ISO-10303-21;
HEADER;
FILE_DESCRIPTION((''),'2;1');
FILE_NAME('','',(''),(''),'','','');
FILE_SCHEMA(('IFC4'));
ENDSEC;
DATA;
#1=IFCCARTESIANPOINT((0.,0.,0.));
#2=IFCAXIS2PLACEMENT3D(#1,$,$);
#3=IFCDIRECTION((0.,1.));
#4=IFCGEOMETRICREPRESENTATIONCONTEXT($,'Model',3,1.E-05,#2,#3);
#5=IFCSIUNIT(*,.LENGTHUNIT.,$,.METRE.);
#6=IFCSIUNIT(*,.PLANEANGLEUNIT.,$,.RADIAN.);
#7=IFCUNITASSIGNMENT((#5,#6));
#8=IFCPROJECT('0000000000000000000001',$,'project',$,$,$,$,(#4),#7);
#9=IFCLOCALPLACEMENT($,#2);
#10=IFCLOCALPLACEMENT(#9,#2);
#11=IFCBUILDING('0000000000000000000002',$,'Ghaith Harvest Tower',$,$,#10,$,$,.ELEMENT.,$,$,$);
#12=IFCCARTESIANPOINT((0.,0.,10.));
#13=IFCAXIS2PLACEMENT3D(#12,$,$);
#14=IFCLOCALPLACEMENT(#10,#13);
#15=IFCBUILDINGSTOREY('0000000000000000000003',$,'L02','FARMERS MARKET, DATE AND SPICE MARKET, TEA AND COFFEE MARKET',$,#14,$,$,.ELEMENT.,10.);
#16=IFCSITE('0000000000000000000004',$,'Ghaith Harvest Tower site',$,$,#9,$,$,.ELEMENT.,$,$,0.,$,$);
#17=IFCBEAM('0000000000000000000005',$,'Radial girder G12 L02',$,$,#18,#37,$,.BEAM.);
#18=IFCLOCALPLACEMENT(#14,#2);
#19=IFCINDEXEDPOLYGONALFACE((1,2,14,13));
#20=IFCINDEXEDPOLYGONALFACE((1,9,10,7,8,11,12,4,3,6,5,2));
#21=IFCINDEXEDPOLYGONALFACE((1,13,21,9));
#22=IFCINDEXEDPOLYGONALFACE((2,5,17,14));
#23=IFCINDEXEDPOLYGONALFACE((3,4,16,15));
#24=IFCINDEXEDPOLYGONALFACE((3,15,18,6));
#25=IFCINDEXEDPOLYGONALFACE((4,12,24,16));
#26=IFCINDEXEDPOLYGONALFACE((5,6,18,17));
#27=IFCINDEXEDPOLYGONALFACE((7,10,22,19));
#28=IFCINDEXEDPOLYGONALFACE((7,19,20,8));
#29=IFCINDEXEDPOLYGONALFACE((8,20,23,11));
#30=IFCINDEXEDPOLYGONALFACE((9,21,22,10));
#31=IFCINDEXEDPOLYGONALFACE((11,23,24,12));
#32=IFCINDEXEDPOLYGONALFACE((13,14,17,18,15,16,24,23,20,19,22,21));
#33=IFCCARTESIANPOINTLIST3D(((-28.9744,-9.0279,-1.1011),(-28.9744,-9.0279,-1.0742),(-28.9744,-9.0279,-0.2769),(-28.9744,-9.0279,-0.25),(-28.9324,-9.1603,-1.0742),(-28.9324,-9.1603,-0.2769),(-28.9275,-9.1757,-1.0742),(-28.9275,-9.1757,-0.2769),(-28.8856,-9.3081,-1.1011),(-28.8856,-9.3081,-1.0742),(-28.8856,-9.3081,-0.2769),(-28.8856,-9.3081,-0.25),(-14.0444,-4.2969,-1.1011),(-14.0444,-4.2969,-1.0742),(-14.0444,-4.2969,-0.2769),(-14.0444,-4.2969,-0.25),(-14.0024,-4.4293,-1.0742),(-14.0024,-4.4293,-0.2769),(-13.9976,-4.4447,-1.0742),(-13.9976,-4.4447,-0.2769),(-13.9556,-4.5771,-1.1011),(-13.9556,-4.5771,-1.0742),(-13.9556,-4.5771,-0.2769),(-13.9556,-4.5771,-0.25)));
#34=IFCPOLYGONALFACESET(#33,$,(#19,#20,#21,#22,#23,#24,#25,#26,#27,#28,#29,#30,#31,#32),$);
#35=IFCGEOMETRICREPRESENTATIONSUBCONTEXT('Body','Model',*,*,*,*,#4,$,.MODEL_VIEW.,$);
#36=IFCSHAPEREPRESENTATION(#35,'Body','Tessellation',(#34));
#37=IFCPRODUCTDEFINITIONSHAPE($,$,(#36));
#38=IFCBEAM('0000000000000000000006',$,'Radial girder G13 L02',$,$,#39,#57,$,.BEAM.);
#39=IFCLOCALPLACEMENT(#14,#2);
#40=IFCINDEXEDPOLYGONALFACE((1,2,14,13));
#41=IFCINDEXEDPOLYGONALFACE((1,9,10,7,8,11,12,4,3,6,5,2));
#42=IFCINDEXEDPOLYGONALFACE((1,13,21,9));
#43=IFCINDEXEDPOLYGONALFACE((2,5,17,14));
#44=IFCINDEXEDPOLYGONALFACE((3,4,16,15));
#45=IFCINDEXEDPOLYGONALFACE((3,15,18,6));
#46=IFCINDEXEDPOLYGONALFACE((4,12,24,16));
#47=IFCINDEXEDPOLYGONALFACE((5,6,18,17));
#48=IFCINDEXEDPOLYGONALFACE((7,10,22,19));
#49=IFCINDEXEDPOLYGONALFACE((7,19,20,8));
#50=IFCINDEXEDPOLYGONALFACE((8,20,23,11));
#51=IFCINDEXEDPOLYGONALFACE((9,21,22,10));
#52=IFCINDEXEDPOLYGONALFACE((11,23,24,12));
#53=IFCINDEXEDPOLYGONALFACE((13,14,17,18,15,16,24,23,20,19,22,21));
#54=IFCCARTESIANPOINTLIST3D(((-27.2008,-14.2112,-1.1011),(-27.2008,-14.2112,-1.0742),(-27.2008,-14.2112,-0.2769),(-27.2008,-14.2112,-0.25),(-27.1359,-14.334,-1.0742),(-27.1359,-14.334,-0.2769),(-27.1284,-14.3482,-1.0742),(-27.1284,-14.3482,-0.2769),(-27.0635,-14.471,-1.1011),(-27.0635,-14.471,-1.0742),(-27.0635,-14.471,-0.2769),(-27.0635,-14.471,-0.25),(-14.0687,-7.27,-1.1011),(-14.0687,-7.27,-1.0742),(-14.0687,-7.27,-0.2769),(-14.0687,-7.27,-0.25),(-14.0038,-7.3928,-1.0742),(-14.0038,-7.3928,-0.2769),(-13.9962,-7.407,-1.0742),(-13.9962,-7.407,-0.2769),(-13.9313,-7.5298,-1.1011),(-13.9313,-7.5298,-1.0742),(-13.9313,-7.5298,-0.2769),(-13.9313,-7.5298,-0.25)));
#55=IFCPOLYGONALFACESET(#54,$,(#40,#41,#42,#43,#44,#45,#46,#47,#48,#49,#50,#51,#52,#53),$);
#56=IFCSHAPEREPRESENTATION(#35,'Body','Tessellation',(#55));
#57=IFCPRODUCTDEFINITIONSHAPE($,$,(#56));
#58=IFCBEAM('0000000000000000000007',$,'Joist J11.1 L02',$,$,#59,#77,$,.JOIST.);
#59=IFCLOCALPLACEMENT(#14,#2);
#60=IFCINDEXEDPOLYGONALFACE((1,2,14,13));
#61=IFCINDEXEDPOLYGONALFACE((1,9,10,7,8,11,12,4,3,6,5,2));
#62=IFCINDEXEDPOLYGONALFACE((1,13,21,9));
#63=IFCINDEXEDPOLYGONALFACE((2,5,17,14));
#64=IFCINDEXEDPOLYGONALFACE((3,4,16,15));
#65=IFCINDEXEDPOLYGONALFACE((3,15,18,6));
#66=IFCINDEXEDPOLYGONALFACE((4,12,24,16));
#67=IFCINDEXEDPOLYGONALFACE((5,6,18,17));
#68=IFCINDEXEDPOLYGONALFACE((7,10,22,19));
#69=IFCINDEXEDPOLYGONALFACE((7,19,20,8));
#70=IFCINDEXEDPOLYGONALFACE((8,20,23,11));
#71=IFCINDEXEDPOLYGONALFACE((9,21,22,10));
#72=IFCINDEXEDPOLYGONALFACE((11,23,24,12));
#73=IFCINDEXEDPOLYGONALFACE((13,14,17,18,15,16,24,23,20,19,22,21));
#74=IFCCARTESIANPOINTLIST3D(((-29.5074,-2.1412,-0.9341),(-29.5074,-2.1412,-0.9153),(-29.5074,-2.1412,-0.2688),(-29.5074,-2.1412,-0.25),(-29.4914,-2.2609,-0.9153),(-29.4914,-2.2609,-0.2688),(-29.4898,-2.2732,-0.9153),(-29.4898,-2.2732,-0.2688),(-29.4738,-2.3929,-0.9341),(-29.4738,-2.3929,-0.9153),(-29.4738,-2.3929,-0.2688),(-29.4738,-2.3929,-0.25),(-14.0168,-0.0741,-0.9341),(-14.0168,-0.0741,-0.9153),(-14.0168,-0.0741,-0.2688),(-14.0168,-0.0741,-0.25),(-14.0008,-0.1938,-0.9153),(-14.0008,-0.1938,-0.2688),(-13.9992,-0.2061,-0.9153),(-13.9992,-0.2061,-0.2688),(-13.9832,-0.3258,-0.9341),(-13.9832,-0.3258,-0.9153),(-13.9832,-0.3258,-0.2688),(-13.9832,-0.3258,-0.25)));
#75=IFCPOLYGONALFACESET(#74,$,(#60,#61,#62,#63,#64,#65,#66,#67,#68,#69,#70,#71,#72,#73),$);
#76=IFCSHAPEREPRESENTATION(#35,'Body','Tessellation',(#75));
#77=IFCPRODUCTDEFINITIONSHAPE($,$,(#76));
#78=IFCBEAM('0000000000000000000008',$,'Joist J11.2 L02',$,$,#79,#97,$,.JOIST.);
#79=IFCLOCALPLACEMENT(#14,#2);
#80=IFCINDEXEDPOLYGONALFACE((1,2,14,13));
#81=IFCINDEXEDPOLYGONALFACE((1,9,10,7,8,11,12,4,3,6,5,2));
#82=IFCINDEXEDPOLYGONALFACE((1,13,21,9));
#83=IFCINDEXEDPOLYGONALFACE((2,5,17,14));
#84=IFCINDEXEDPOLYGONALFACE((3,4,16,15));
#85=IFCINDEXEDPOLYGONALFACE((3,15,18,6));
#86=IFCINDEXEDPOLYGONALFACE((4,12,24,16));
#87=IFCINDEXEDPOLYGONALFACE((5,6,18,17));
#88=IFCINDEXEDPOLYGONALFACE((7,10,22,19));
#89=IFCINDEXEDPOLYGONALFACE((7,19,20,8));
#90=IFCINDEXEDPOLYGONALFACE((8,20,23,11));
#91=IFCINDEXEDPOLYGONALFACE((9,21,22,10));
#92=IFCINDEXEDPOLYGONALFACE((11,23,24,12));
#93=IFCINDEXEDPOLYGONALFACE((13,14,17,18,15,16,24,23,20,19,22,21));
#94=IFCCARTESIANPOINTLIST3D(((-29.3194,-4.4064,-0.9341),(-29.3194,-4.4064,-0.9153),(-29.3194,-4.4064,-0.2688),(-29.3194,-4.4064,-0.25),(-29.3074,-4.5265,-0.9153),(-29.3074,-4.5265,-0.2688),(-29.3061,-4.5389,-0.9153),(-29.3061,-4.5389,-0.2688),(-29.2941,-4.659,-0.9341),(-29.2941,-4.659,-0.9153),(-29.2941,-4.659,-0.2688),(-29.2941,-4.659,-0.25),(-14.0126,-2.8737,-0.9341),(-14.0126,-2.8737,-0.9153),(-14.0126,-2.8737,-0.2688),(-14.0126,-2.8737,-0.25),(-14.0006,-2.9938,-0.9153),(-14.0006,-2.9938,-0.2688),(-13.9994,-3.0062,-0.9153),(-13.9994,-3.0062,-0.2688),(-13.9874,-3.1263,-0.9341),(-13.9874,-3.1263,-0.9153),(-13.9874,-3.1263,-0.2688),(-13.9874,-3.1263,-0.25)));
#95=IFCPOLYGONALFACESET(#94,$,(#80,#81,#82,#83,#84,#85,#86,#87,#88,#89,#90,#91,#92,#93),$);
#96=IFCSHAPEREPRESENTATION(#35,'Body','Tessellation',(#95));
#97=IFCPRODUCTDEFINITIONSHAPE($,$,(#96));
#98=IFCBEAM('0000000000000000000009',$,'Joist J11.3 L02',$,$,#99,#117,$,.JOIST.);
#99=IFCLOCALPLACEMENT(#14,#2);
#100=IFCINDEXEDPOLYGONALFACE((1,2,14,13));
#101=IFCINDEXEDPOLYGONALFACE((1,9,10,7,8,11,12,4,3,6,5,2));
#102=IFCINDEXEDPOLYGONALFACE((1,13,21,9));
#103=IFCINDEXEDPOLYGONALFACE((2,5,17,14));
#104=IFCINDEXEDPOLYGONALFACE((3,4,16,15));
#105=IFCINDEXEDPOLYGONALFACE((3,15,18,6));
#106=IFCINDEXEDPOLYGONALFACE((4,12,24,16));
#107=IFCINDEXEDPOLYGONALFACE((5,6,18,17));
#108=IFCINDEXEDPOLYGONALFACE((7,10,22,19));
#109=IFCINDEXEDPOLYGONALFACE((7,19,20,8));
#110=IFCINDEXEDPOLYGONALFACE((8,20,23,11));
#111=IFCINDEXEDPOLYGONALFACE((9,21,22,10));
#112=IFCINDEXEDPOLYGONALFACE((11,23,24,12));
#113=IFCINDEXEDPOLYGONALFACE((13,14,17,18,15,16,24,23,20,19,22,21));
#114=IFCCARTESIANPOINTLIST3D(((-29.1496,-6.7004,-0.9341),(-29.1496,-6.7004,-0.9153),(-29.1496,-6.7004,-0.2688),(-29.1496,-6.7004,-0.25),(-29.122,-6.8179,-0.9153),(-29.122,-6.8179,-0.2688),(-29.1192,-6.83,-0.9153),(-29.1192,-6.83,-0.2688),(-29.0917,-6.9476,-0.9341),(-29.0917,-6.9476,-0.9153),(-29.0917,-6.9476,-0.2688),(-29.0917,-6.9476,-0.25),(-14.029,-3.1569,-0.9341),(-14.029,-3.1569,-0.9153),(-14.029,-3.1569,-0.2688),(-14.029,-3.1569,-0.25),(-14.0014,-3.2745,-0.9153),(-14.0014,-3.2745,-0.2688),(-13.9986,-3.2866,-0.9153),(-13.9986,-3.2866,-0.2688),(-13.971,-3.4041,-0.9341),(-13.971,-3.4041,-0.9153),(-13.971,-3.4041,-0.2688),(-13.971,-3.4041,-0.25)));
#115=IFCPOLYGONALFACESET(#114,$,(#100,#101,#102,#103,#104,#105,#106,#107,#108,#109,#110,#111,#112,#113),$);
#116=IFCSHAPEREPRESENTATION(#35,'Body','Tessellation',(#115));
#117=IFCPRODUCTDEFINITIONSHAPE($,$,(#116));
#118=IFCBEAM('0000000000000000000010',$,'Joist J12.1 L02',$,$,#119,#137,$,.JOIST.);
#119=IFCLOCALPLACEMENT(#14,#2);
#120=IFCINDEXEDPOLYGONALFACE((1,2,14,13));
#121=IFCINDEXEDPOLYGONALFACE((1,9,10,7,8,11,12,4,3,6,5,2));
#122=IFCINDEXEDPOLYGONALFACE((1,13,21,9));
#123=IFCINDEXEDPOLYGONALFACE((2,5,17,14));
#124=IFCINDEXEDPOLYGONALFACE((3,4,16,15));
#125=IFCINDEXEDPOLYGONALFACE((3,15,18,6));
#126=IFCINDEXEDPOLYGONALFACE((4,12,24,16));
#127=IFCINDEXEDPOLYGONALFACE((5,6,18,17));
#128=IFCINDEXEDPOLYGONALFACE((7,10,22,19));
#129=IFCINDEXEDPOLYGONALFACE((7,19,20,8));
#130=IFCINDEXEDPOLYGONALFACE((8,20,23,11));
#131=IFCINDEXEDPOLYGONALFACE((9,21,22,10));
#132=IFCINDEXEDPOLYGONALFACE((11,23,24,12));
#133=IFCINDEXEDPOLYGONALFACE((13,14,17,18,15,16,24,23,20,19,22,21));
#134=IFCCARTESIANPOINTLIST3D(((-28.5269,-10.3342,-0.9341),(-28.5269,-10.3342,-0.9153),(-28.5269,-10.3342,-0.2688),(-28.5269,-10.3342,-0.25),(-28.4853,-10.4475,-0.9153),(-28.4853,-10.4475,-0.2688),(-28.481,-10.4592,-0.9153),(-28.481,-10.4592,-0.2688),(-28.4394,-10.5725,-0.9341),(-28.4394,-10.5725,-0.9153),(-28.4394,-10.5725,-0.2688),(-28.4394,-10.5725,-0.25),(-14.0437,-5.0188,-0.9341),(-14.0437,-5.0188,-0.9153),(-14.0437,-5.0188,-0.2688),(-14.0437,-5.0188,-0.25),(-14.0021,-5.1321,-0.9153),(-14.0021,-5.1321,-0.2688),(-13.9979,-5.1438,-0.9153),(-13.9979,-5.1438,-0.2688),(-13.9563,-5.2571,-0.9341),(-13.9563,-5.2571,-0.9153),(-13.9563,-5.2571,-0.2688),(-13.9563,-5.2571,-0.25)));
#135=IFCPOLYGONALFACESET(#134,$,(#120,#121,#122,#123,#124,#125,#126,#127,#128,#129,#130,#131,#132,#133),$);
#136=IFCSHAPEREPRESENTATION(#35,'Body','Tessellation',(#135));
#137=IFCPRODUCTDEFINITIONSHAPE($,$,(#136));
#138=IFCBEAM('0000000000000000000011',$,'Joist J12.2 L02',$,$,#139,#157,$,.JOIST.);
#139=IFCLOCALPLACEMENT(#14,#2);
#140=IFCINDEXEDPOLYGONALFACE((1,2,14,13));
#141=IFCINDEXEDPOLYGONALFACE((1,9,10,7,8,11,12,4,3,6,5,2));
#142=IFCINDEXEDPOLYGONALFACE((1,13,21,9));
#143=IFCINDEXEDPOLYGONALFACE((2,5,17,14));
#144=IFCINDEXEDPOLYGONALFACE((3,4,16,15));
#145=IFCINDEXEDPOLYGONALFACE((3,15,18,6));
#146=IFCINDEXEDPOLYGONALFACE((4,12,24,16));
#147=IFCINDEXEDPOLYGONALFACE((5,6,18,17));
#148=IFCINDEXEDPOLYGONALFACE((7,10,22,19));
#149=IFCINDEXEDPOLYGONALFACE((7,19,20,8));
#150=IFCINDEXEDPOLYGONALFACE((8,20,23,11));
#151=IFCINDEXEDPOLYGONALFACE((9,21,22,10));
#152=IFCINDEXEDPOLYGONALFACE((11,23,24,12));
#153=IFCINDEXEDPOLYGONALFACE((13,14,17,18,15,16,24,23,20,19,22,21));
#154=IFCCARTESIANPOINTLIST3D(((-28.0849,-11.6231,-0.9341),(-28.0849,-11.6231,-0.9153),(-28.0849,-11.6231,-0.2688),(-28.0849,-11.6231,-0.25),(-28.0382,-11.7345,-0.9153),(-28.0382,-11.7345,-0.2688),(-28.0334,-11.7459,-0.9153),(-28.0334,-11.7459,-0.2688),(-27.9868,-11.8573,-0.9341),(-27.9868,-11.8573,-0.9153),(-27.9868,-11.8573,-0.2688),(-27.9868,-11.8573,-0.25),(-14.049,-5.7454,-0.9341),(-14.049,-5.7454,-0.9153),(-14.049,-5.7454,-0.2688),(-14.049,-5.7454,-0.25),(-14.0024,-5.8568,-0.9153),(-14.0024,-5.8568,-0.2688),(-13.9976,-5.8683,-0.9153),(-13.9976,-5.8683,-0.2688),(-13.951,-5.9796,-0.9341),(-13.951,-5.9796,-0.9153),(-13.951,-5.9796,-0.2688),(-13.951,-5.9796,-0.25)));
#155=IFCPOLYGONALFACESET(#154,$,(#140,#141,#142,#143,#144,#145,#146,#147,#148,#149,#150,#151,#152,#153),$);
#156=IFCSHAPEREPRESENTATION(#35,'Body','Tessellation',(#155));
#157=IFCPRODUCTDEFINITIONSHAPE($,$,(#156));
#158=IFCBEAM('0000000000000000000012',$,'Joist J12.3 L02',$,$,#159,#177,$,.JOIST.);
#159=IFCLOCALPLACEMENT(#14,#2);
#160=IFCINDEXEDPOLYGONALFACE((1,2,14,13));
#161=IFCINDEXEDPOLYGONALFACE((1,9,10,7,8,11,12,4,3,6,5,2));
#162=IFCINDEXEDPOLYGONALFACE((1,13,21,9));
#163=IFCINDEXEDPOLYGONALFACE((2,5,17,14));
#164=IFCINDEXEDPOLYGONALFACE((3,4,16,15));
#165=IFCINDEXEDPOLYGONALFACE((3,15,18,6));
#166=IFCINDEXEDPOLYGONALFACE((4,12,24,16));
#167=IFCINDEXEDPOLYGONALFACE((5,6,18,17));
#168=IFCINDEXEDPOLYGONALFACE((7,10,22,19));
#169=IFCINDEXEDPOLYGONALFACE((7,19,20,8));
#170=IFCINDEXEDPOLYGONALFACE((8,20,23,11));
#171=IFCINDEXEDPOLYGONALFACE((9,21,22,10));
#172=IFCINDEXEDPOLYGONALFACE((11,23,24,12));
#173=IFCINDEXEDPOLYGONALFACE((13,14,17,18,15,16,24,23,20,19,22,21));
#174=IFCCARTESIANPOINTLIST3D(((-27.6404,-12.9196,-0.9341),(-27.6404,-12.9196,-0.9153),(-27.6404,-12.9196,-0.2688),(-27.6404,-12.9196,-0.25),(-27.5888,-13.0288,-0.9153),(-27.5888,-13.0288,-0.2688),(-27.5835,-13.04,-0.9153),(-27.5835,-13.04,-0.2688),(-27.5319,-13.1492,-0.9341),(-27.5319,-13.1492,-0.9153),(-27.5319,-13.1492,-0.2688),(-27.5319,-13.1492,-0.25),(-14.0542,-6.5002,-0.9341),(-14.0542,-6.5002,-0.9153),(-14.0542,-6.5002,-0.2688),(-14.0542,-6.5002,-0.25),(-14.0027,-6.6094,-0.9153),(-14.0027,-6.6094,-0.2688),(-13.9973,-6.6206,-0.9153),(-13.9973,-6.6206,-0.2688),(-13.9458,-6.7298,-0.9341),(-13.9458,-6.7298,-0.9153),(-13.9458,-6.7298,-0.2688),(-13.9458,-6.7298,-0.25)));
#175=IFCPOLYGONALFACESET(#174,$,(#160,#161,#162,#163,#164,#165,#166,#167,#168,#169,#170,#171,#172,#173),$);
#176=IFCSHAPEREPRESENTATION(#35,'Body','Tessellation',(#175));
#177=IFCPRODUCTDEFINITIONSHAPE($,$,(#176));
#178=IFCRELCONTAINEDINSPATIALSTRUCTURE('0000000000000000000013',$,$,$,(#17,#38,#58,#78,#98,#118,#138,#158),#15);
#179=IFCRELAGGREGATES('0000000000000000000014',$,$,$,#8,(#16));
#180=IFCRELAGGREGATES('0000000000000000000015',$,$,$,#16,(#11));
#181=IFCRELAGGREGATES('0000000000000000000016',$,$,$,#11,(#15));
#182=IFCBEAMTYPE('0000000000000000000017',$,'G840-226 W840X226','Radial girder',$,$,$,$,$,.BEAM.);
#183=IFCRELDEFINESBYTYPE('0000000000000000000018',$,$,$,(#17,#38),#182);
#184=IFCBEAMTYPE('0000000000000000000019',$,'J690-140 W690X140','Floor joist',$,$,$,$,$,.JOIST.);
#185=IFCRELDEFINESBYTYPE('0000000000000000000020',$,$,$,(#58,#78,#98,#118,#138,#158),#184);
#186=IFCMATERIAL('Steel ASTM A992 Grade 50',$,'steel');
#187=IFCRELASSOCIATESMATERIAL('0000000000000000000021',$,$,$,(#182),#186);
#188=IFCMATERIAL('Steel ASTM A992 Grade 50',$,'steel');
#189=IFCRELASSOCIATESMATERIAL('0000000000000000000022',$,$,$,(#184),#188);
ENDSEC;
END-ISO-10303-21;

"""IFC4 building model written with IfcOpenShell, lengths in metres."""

from ifc_helpers import new_model, si_unit, direction, frame, origin, origin_2d, place, context, subcontext, project, spatial, i_section, extrude, material, material_profile, profile_set, type_object, element, save


model = new_model("IFC4")

# Units and contexts
model_context = context("Model", 3, precision=1e-05, world=origin(), true_north=direction((0.0, 1.0)))
body_context = subcontext(model_context, "Body", "Model", "MODEL_VIEW")
ifc_project = project(units=[si_unit("LENGTHUNIT", "METRE"), si_unit("PLANEANGLEUNIT", "RADIAN")], contexts=[model_context])

# Site, building, storey
site_placement = place(None, origin())
site = spatial("IfcSite", under=ifc_project, at=site_placement, Name="Ghaith Harvest Tower site", CompositionType="ELEMENT", RefElevation=0.0)
building_placement = place(site_placement, origin())
building = spatial("IfcBuilding", under=site, at=building_placement, Name="Ghaith Harvest Tower", CompositionType="ELEMENT")
storey_placement = place(building_placement, frame((0.0, 0.0, 10.0)))
storey = spatial("IfcBuildingStorey", under=building, at=storey_placement, Name="L02", Description="FARMERS MARKET, DATE AND SPICE MARKET, TEA AND COFFEE MARKET", CompositionType="ELEMENT", Elevation=10.0)

# Beams
ifc_material_1 = material(Name="Steel ASTM A992 Grade 50", Category="steel")
ifc_material_profile_1 = material_profile(ifc_material_1, i_section(OverallWidth=0.2939, OverallDepth=0.8511, WebThickness=0.0161, FlangeThickness=0.0269, at=origin_2d()), Name="W840X226")
ifc_profile_set_1 = profile_set([ifc_material_profile_1], Name="Steel ASTM A992 Grade 50")
beam_type_1 = type_object("IfcBeamType", Name="G840-226 W840X226", Description="Radial girder", PredefinedType="BEAM", material=ifc_profile_set_1)
beam_1_placement = place(storey_placement, frame((-14.0, -4.437, -0.6755), z_axis=(-0.953284, -0.302074, 0.0), x_axis=(0.302074, -0.953284, 0.0)))
element("IfcBeam", 1, at=beam_1_placement, inside=storey, type_object=beam_type_1, Name="Radial girder G12 L02", PredefinedType="BEAM", context=body_context, shape_type="SweptSolid", body=[
    extrude(i_section(OverallWidth=0.2939, OverallDepth=0.8511, WebThickness=0.0161, FlangeThickness=0.0269, at=origin_2d()), origin(), (0.0, 0.0, 1.0), 15.6616),
])
beam_2_placement = place(storey_placement, frame((-14.0, -7.3999, -0.6755), z_axis=(-0.884097, -0.467303, 0.0), x_axis=(0.467303, -0.884097, 0.0)))
element("IfcBeam", 2, at=beam_2_placement, inside=storey, type_object=beam_type_1, Name="Radial girder G13 L02", PredefinedType="BEAM", context=body_context, shape_type="SweptSolid", body=[
    extrude(i_section(OverallWidth=0.2939, OverallDepth=0.8511, WebThickness=0.0161, FlangeThickness=0.0269, at=origin_2d()), origin(), (0.0, 0.0, 1.0), 14.8538),
])
ifc_material_2 = material(Name="Steel ASTM A992 Grade 50", Category="steel")
ifc_material_profile_2 = material_profile(ifc_material_2, i_section(OverallWidth=0.2539, OverallDepth=0.6841, WebThickness=0.0125, FlangeThickness=0.0188, at=origin_2d()), Name="W690X140")
ifc_profile_set_2 = profile_set([ifc_material_profile_2], Name="Steel ASTM A992 Grade 50")
beam_type_2 = type_object("IfcBeamType", Name="J690-140 W690X140", Description="Floor joist", PredefinedType="JOIST", material=ifc_profile_set_2)
beam_3_placement = place(storey_placement, frame((-14.0, -0.2, -0.592), z_axis=(-0.991214, -0.132271, 0.0), x_axis=(0.132271, -0.991214, 0.0)))
element("IfcBeam", 3, at=beam_3_placement, inside=storey, type_object=beam_type_2, Name="Joist J11.1 L02", PredefinedType="JOIST", context=body_context, shape_type="SweptSolid", body=[
    extrude(i_section(OverallWidth=0.2539, OverallDepth=0.6841, WebThickness=0.0125, FlangeThickness=0.0188, at=origin_2d()), origin(), (0.0, 0.0, 1.0), 15.6279),
])
beam_4_placement = place(storey_placement, frame((-14.0, -3.0, -0.592), z_axis=(-0.995024, -0.099636, 0.0), x_axis=(0.099636, -0.995024, 0.0)))
element("IfcBeam", 4, at=beam_4_placement, inside=storey, type_object=beam_type_2, Name="Joist J11.2 L02", PredefinedType="JOIST", context=body_context, shape_type="SweptSolid", body=[
    extrude(i_section(OverallWidth=0.2539, OverallDepth=0.6841, WebThickness=0.0125, FlangeThickness=0.0188, at=origin_2d()), origin(), (0.0, 0.0, 1.0), 15.3833),
])
beam_5_placement = place(storey_placement, frame((-14.0, -3.2805, -0.592), z_axis=(-0.973623, -0.228165, 0.0), x_axis=(0.228165, -0.973623, 0.0)))
element("IfcBeam", 5, at=beam_5_placement, inside=storey, type_object=beam_type_2, Name="Joist J11.3 L02", PredefinedType="JOIST", context=body_context, shape_type="SweptSolid", body=[
    extrude(i_section(OverallWidth=0.2539, OverallDepth=0.6841, WebThickness=0.0125, FlangeThickness=0.0188, at=origin_2d()), origin(), (0.0, 0.0, 1.0), 15.5303),
])
beam_6_placement = place(storey_placement, frame((-14.0, -5.1379, -0.592), z_axis=(-0.938773, -0.344537, 0.0), x_axis=(0.344537, -0.938773, 0.0)))
element("IfcBeam", 6, at=beam_6_placement, inside=storey, type_object=beam_type_2, Name="Joist J12.1 L02", PredefinedType="JOIST", context=body_context, shape_type="SweptSolid", body=[
    extrude(i_section(OverallWidth=0.2539, OverallDepth=0.6841, WebThickness=0.0125, FlangeThickness=0.0188, at=origin_2d()), origin(), (0.0, 0.0, 1.0), 15.4277),
])
beam_7_placement = place(storey_placement, frame((-14.0, -5.8625, -0.592), z_axis=(-0.92239, -0.386261, 0.0), x_axis=(0.386261, -0.92239, 0.0)))
element("IfcBeam", 7, at=beam_7_placement, inside=storey, type_object=beam_type_2, Name="Joist J12.2 L02", PredefinedType="JOIST", context=body_context, shape_type="SweptSolid", body=[
    extrude(i_section(OverallWidth=0.2539, OverallDepth=0.6841, WebThickness=0.0125, FlangeThickness=0.0188, at=origin_2d()), origin(), (0.0, 0.0, 1.0), 15.2168),
])
beam_8_placement = place(storey_placement, frame((-14.0, -6.615, -0.592), z_axis=(-0.904153, -0.42721, 0.0), x_axis=(0.42721, -0.904153, 0.0)))
element("IfcBeam", 8, at=beam_8_placement, inside=storey, type_object=beam_type_2, Name="Joist J12.3 L02", PredefinedType="JOIST", context=body_context, shape_type="SweptSolid", body=[
    extrude(i_section(OverallWidth=0.2539, OverallDepth=0.6841, WebThickness=0.0125, FlangeThickness=0.0188, at=origin_2d()), origin(), (0.0, 0.0, 1.0), 15.0264),
])

save(model, "model.ifc")
